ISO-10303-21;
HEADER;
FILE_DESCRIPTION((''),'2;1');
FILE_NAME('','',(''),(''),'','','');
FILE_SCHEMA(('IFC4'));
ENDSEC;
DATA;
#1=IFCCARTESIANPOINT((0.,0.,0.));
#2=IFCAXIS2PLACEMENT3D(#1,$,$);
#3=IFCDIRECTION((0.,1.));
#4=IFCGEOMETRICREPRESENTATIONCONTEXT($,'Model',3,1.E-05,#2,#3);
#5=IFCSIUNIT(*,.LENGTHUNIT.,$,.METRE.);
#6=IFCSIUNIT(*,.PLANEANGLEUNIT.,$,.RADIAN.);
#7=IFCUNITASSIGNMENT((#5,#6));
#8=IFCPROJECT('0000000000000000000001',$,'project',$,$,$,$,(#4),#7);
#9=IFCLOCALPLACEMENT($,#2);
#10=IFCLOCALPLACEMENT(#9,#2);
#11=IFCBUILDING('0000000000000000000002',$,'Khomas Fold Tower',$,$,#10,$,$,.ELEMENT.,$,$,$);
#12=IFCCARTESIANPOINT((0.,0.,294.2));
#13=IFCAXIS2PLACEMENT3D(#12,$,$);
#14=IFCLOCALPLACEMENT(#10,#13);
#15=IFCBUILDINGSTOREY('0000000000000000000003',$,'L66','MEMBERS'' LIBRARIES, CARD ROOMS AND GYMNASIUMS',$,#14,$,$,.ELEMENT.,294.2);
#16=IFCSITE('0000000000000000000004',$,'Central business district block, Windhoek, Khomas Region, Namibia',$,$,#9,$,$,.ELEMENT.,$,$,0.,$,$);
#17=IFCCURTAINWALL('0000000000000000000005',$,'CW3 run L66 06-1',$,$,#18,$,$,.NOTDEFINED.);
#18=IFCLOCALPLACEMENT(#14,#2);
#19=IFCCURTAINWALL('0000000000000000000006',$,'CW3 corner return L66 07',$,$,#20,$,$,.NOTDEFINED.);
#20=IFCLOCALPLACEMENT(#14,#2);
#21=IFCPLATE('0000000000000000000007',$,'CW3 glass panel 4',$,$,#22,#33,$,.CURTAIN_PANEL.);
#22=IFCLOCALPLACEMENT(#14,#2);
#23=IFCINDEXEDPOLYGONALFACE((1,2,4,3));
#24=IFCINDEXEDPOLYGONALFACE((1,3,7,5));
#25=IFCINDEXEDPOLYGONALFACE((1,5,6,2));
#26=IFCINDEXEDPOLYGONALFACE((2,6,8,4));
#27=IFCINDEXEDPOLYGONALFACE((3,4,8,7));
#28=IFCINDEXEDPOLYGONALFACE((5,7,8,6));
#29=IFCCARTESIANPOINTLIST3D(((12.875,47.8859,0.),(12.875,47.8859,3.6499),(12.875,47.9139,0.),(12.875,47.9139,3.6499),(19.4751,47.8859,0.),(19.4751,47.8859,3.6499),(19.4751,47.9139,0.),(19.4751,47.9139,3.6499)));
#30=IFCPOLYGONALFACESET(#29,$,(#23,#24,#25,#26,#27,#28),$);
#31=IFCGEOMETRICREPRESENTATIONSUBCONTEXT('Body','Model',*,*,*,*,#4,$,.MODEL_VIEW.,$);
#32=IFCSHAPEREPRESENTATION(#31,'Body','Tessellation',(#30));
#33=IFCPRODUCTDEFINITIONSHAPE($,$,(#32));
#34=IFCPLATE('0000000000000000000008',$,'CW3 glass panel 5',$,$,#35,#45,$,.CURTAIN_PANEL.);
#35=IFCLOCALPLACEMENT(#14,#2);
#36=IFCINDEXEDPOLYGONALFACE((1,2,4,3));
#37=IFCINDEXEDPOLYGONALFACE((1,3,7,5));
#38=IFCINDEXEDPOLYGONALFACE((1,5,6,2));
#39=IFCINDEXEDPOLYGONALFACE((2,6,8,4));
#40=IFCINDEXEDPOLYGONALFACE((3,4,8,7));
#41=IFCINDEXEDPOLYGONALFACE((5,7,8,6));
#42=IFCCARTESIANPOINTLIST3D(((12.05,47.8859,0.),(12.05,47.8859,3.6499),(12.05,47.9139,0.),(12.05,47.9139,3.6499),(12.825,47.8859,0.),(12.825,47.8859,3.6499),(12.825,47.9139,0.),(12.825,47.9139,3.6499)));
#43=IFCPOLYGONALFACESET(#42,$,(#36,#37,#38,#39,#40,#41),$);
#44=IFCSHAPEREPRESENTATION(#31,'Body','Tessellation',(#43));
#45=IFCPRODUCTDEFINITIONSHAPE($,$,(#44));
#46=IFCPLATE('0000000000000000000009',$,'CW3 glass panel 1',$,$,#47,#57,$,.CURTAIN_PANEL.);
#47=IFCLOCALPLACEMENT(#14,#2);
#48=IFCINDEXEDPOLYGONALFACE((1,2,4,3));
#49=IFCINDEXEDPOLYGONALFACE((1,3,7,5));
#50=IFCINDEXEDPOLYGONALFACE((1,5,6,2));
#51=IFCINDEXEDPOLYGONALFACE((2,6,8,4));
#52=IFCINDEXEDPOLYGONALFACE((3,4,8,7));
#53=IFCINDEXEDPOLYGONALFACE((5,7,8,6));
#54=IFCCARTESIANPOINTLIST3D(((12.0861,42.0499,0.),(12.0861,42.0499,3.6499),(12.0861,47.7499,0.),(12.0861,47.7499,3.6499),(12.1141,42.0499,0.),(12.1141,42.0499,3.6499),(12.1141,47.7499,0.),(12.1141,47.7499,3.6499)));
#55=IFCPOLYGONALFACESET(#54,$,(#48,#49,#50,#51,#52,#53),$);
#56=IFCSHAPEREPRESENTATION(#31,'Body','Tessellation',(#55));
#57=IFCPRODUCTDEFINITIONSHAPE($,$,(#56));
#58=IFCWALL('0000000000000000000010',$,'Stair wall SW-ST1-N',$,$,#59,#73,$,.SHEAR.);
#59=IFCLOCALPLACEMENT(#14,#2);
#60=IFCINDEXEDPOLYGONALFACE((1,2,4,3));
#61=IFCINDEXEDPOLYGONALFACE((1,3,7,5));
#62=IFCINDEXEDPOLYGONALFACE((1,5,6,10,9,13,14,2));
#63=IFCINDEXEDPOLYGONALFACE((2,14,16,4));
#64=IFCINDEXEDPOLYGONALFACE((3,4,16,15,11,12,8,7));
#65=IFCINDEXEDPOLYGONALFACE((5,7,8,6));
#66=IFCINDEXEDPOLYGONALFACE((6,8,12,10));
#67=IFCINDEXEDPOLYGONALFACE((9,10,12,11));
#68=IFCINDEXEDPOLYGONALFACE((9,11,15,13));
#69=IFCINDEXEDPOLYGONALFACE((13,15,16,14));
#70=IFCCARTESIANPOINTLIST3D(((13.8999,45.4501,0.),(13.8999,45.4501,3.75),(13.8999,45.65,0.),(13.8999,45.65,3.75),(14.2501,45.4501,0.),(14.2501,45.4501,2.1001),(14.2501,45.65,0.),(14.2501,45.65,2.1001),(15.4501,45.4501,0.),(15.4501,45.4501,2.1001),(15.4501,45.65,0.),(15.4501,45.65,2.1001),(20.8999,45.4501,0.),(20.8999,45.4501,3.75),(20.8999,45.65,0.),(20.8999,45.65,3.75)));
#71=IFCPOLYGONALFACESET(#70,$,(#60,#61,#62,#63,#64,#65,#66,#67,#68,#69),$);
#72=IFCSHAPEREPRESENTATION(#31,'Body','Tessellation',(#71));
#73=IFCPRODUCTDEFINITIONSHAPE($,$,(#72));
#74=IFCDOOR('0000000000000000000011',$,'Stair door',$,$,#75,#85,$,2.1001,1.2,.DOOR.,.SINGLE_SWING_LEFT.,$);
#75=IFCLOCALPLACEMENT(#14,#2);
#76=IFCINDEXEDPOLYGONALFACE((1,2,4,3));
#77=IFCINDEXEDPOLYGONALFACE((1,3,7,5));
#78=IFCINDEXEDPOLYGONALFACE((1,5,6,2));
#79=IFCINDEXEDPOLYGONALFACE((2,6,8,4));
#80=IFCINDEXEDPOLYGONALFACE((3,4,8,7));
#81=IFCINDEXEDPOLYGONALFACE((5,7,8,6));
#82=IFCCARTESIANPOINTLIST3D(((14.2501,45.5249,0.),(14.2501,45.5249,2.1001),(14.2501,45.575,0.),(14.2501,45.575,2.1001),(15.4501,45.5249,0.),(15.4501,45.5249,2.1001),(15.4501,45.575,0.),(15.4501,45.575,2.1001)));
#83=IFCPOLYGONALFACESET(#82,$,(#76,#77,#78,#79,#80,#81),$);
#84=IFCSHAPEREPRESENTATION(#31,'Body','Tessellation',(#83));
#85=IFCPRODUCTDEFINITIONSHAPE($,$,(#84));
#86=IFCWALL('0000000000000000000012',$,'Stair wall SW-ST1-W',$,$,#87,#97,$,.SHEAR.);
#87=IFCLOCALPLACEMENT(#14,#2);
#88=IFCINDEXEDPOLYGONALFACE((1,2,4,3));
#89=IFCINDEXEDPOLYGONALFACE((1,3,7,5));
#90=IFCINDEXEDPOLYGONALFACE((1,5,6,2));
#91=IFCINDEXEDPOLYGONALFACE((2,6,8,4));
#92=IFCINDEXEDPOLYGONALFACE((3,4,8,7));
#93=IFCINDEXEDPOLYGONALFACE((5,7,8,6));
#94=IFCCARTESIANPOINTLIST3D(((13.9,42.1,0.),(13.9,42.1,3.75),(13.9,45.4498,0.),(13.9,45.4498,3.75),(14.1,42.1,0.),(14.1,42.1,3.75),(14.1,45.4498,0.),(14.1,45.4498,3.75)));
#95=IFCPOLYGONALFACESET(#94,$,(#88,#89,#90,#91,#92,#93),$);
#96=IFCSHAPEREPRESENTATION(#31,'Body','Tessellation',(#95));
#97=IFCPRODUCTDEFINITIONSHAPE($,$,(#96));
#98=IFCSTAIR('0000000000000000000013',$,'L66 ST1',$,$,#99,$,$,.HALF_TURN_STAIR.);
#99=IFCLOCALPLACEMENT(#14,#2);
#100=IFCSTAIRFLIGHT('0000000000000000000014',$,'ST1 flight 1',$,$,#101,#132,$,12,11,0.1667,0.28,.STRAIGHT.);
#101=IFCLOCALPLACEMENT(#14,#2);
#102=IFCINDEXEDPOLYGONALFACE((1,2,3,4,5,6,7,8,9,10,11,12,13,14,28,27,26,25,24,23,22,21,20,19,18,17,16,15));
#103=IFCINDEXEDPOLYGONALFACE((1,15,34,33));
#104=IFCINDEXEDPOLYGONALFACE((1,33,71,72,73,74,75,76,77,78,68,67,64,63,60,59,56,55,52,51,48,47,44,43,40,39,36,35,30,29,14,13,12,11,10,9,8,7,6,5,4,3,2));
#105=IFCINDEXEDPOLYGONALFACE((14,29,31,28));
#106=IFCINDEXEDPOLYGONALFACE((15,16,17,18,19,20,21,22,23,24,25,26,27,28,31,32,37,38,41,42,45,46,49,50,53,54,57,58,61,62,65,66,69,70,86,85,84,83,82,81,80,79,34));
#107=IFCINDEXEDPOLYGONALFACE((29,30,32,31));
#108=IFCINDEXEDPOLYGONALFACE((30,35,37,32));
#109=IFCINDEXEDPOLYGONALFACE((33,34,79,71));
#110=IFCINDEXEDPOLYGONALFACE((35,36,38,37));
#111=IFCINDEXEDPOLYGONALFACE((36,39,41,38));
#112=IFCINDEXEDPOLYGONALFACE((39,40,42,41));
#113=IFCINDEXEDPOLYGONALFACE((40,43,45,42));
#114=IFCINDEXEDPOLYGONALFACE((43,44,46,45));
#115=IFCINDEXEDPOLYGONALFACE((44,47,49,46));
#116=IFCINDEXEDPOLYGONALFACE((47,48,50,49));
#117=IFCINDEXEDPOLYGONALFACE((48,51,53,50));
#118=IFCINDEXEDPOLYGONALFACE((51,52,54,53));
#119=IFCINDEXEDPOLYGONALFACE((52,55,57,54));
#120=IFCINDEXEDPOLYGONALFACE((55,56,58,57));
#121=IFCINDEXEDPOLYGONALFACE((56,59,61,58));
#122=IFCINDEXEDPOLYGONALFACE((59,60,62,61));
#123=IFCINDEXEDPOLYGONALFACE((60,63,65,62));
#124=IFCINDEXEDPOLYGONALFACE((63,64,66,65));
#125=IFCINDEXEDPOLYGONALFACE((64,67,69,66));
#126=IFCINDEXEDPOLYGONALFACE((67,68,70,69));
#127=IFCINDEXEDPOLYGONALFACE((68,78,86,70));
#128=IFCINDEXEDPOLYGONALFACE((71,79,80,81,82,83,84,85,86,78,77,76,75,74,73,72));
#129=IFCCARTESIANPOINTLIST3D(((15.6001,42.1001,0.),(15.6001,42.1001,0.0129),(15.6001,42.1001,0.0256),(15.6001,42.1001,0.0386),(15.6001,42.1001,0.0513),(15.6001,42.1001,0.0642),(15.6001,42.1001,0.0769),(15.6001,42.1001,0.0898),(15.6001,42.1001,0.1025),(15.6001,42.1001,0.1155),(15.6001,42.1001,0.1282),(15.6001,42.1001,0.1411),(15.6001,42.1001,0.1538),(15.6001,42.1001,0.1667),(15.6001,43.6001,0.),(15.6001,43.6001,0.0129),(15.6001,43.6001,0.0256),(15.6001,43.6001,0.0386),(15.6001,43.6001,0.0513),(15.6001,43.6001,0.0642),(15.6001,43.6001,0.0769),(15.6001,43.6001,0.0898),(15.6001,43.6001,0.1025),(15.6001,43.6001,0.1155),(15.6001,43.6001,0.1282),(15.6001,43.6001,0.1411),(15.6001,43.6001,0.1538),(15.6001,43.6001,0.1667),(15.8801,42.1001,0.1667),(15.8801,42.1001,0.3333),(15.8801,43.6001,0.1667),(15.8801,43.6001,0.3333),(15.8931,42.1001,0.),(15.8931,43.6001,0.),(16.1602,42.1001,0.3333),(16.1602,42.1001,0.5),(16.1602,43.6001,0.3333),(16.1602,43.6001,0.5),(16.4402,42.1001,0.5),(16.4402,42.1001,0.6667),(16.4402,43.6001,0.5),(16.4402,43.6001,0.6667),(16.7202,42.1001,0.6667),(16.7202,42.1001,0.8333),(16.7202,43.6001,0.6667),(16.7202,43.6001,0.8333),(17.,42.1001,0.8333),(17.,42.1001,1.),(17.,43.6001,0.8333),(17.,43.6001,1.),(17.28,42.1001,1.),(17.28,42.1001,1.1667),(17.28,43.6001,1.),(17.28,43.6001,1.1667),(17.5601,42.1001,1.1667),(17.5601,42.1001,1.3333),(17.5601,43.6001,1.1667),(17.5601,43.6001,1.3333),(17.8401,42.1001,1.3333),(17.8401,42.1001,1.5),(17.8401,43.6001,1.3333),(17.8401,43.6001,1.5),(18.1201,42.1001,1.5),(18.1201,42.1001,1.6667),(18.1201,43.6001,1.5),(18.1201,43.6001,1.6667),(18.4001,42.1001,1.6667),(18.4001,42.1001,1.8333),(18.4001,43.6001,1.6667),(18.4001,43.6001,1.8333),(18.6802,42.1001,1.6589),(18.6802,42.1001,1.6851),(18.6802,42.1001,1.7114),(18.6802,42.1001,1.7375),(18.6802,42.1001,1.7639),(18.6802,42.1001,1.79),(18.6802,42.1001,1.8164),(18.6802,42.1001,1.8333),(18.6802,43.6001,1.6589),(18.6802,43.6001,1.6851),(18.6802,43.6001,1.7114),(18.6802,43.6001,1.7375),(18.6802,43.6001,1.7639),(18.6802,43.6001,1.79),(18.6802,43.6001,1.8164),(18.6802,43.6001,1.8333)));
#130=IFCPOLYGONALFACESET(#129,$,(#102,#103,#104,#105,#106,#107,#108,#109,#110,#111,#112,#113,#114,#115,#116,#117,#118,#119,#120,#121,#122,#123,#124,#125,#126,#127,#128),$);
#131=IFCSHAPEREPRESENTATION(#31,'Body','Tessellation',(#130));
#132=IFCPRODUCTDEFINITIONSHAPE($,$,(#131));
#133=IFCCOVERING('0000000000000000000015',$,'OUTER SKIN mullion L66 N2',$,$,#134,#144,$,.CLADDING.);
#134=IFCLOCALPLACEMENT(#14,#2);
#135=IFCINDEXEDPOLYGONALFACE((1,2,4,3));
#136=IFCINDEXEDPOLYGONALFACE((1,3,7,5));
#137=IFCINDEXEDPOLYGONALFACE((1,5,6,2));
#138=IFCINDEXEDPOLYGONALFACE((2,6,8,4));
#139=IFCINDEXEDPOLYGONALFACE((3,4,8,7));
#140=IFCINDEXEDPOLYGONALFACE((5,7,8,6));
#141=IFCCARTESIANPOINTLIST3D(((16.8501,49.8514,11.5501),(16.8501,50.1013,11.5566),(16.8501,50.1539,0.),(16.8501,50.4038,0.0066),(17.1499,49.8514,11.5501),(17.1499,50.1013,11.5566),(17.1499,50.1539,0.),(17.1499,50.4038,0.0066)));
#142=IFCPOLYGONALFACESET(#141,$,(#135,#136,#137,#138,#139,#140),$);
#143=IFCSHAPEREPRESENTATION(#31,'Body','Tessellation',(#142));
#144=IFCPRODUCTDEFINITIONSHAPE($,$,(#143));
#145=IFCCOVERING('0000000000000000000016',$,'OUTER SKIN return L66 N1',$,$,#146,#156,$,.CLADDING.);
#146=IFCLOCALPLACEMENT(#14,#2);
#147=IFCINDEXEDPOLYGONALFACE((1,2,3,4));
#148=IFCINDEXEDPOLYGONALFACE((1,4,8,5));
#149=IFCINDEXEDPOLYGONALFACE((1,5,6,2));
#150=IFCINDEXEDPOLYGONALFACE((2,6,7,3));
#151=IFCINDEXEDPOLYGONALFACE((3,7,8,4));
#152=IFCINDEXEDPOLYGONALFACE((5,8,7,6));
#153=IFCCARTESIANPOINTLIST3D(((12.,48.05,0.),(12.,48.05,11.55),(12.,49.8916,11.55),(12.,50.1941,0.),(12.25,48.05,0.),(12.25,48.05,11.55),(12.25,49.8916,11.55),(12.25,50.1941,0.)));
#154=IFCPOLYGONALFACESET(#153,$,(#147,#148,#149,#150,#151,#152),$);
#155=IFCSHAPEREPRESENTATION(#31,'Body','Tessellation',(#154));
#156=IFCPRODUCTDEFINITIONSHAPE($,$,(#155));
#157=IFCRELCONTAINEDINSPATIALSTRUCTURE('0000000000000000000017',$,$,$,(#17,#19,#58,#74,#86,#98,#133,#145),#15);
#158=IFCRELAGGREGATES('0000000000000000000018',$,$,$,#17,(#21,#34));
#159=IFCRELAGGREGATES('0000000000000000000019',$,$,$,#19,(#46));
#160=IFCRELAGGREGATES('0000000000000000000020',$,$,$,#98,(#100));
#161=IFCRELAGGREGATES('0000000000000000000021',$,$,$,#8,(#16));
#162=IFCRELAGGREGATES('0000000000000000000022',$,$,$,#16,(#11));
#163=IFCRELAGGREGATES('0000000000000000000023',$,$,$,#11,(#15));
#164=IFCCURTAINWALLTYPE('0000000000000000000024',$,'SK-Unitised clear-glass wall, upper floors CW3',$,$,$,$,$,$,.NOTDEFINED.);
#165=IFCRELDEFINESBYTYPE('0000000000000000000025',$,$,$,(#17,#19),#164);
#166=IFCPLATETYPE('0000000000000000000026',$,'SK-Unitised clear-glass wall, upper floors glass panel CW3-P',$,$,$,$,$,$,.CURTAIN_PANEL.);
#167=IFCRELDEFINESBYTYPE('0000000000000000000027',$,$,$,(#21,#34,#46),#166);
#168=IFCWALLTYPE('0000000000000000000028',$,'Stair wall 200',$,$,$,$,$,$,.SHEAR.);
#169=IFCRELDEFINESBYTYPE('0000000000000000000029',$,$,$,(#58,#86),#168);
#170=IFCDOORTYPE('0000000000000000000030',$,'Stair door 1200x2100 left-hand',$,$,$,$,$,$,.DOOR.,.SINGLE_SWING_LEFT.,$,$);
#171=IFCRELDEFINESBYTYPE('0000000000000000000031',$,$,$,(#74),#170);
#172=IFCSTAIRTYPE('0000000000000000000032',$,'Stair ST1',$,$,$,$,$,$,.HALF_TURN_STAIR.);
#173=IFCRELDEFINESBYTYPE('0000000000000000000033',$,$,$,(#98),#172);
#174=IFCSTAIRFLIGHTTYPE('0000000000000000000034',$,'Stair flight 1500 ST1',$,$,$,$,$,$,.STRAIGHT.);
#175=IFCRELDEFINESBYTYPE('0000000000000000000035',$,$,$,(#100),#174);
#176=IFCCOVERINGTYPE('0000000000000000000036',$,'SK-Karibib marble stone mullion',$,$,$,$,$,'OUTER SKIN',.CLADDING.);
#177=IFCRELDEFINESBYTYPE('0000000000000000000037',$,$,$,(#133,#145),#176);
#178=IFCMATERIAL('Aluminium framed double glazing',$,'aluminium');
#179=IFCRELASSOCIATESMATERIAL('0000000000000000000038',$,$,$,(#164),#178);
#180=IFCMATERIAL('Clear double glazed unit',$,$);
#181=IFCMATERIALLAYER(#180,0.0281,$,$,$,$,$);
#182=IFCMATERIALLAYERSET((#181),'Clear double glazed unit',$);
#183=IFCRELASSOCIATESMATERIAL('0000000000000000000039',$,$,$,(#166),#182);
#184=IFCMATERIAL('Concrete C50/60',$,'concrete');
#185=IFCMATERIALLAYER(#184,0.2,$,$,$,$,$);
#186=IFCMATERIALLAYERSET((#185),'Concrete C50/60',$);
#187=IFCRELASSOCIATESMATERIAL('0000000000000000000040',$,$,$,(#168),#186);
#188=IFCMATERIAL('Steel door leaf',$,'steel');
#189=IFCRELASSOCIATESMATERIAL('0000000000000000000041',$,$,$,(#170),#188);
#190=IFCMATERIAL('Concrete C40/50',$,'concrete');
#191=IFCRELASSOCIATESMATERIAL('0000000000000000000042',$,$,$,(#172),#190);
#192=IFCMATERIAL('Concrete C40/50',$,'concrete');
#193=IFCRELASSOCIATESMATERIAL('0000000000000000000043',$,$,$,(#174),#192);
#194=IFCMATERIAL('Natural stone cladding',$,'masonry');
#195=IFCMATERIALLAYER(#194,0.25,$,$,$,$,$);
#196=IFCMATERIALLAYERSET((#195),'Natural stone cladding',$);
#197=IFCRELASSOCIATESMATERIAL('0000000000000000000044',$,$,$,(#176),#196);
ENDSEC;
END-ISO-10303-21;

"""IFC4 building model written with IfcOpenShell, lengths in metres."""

from ifc_helpers import new_model, si_unit, direction, frame, frame_2d, origin, origin_2d, place, context, subcontext, project, spatial, polyline, rectangle, outline, extrude, source, transform, mapped, material, layer, layer_set, type_object, element, fill, aggregate, save


model = new_model("IFC4")

# Units and contexts
model_context = context("Model", 3, precision=1e-05, world=origin(), true_north=direction((0.0, 1.0)))
body_context = subcontext(model_context, "Body", "Model", "MODEL_VIEW")
ifc_project = project(units=[si_unit("LENGTHUNIT", "METRE"), si_unit("PLANEANGLEUNIT", "RADIAN")], contexts=[model_context])

# Site, building, storey
site_placement = place(None, origin())
site = spatial("IfcSite", under=ifc_project, at=site_placement, Name="Central business district block, Windhoek, Khomas Region, Namibia", CompositionType="ELEMENT", RefElevation=0.0)
building_placement = place(site_placement, origin())
building = spatial("IfcBuilding", under=site, at=building_placement, Name="Khomas Fold Tower", CompositionType="ELEMENT")
storey_placement = place(building_placement, frame((0.0, 0.0, 294.2)))
storey = spatial("IfcBuildingStorey", under=building, at=storey_placement, Name="L66", Description="MEMBERS' LIBRARIES, CARD ROOMS AND GYMNASIUMS", CompositionType="ELEMENT", Elevation=294.2)

# Curtain walls
ifc_material_1 = material(Name="Aluminium framed double glazing", Category="aluminium")
curtain_wall_type = type_object("IfcCurtainWallType", Name="SK-Unitised clear-glass wall, upper floors CW3", PredefinedType="NOTDEFINED", material=ifc_material_1)
curtain_wall_1_placement = place(storey_placement, origin())
curtain_wall_1 = element("IfcCurtainWall", 1, at=curtain_wall_1_placement, inside=storey, type_object=curtain_wall_type, Name="CW3 run L66 06-1", PredefinedType="NOTDEFINED")
curtain_wall_2_placement = place(storey_placement, origin())
curtain_wall_2 = element("IfcCurtainWall", 2, at=curtain_wall_2_placement, inside=storey, type_object=curtain_wall_type, Name="CW3 corner return L66 07", PredefinedType="NOTDEFINED")

# Plates
ifc_material_2 = material(Name="Clear double glazed unit")
ifc_layer_1 = layer(ifc_material_2, 0.0281)
ifc_layer_set_1 = layer_set([ifc_layer_1], Name="Clear double glazed unit")
plate_type_1 = type_object("IfcPlateType", Name="SK-Unitised clear-glass wall, upper floors glass panel CW3-P", PredefinedType="CURTAIN_PANEL", material=ifc_layer_set_1)
shared_shape_1 = source(origin(), body_context, "Body", "SweptSolid", [
    extrude(rectangle(XDim=6.6001, YDim=0.0281, at=origin_2d()), origin(), (0.0, 0.0, 1.0), 3.6499),
])
plate_1_placement = place(storey_placement, frame((16.175, 47.8999, 0.0), z_axis=(0.0, 0.0, 1.0), x_axis=(-1.0, 0.0, 0.0)))
plate_1 = element("IfcPlate", 3, at=plate_1_placement, type_object=plate_type_1, Name="CW3 glass panel 4", PredefinedType="CURTAIN_PANEL", context=body_context, shape_type="MappedRepresentation", body=[
    mapped(shared_shape_1, transform((0.0, 0.0, 0.0))),
])
shared_shape_2 = source(origin(), body_context, "Body", "SweptSolid", [
    extrude(rectangle(XDim=0.7749, YDim=0.0281, at=origin_2d()), origin(), (0.0, 0.0, 1.0), 3.6499),
])
plate_2_placement = place(storey_placement, frame((12.4375, 47.8999, 0.0), z_axis=(0.0, 0.0, 1.0), x_axis=(-1.0, 0.0, 0.0)))
plate_2 = element("IfcPlate", 4, at=plate_2_placement, type_object=plate_type_1, Name="CW3 glass panel 5", PredefinedType="CURTAIN_PANEL", context=body_context, shape_type="MappedRepresentation", body=[
    mapped(shared_shape_2, transform((0.0, 0.0, 0.0))),
])
aggregate(curtain_wall_1, [plate_1, plate_2])
shared_shape_3 = source(origin(), body_context, "Body", "SweptSolid", [
    extrude(rectangle(XDim=5.7, YDim=0.0281, at=origin_2d()), origin(), (0.0, 0.0, 1.0), 3.6499),
])
plate_3_placement = place(storey_placement, frame((12.1001, 44.8999, 0.0), z_axis=(0.0, 0.0, 1.0), x_axis=(0.0, -1.0, 0.0)))
plate_3 = element("IfcPlate", 5, at=plate_3_placement, type_object=plate_type_1, Name="CW3 glass panel 1", PredefinedType="CURTAIN_PANEL", context=body_context, shape_type="MappedRepresentation", body=[
    mapped(shared_shape_3, transform((0.0, 0.0, 0.0))),
])
aggregate(curtain_wall_2, [plate_3])

# Wall, opening, door
ifc_material_3 = material(Name="Concrete C50/60", Category="concrete")
ifc_layer_2 = layer(ifc_material_3, 0.2)
ifc_layer_set_2 = layer_set([ifc_layer_2], Name="Concrete C50/60")
wall_type = type_object("IfcWallType", Name="Stair wall 200", PredefinedType="SHEAR", material=ifc_layer_set_2)
shared_shape_4 = source(origin(), body_context, "Body", "SweptSolid", [
    extrude(rectangle(XDim=7.0, YDim=0.2, at=frame_2d((3.5, 0.0))), origin(), (0.0, 0.0, 1.0), 3.75),
])
wall_1_placement = place(storey_placement, frame((13.8999, 45.55, 0.0), z_axis=(0.0, 0.0, 1.0), x_axis=(1.0, 0.0, 0.0)))
wall_1 = element("IfcWall", 6, at=wall_1_placement, inside=storey, type_object=wall_type, Name="Stair wall SW-ST1-N", PredefinedType="SHEAR", context=body_context, shape_type="MappedRepresentation", body=[
    mapped(shared_shape_4, transform((0.0, 0.0, 0.0))),
])
shared_shape_5 = source(origin(), body_context, "Body", "SweptSolid", [
    extrude(rectangle(XDim=1.2, YDim=2.1001, at=frame_2d((0.6001, 1.05))), frame((0.0, 0.1099, 0.0), z_axis=(0.0, -1.0, 0.0), x_axis=(1.0, 0.0, 0.0)), (0.0, 0.0, 1.0), 0.22),
])
opening_placement = place(wall_1_placement, frame((0.3501, 0.0, 0.0)))
opening = element("IfcOpeningElement", 7, at=opening_placement, cuts=wall_1, PredefinedType="OPENING", context=body_context, shape_type="MappedRepresentation", body=[
    mapped(shared_shape_5, transform((0.0, 0.0, 0.0))),
])
ifc_material_4 = material(Name="Steel door leaf", Category="steel")
door_type = type_object("IfcDoorType", Name="Stair door 1200x2100 left-hand", OperationType="SINGLE_SWING_LEFT", PredefinedType="DOOR", material=ifc_material_4)
shared_shape_6 = source(origin(), body_context, "Body", "SweptSolid", [
    extrude(rectangle(XDim=1.2, YDim=2.1001, at=frame_2d((0.6001, 1.05))), frame((0.0, 0.0249, 0.0), z_axis=(0.0, -1.0, 0.0), x_axis=(1.0, 0.0, 0.0)), (0.0, 0.0, 1.0), 0.05),
])
door_placement = place(opening_placement, origin())
door = element("IfcDoor", 8, at=door_placement, inside=storey, type_object=door_type, Name="Stair door", OperationType="SINGLE_SWING_LEFT", OverallHeight=2.1001, OverallWidth=1.2, PredefinedType="DOOR", context=body_context, shape_type="MappedRepresentation", body=[
    mapped(shared_shape_6, transform((0.0, 0.0, 0.0))),
])
fill(opening, door)

# Wall
shared_shape_7 = source(origin(), body_context, "Body", "SweptSolid", [
    extrude(rectangle(XDim=3.3499, YDim=0.2, at=frame_2d((1.6748, 0.0))), origin(), (0.0, 0.0, 1.0), 3.75),
])
wall_2_placement = place(storey_placement, frame((14.0, 42.1001, 0.0), z_axis=(0.0, 0.0, 1.0), x_axis=(0.0, 1.0, 0.0)))
element("IfcWall", 9, at=wall_2_placement, inside=storey, type_object=wall_type, Name="Stair wall SW-ST1-W", PredefinedType="SHEAR", context=body_context, shape_type="MappedRepresentation", body=[
    mapped(shared_shape_7, transform((0.0, 0.0, 0.0))),
])

# Stair, stair flight
ifc_material_5 = material(Name="Concrete C40/50", Category="concrete")
stair_type = type_object("IfcStairType", Name="Stair ST1", PredefinedType="HALF_TURN_STAIR", material=ifc_material_5)
stair_placement = place(storey_placement, origin())
stair = element("IfcStair", 10, at=stair_placement, inside=storey, type_object=stair_type, Name="L66 ST1", PredefinedType="HALF_TURN_STAIR")
ifc_material_6 = material(Name="Concrete C40/50", Category="concrete")
stair_flight_type = type_object("IfcStairFlightType", Name="Stair flight 1500 ST1", PredefinedType="STRAIGHT", material=ifc_material_6)
shared_shape_8 = source(origin(), body_context, "Body", "SweptSolid", [
    extrude(outline(polyline([(0.0, 0.0), (0.0, 0.0129), (0.0, 0.0256), (0.0, 0.0386), (0.0, 0.0513), (0.0, 0.0642), (0.0, 0.0769), (0.0, 0.0898), (0.0, 0.1025), (0.0, 0.1155), (0.0, 0.1282), (0.0, 0.1411), (0.0, 0.1538), (0.0, 0.1667), (0.28, 0.1667), (0.28, 0.3333), (0.5601, 0.3333), (0.5601, 0.5), (0.8401, 0.5), (0.8401, 0.6667), (1.1201, 0.6667), (1.1201, 0.8333), (1.3999, 0.8333), (1.3999, 1.0), (1.6799, 1.0), (1.6799, 1.1667), (1.96, 1.1667), (1.96, 1.3333), (2.24, 1.3333), (2.24, 1.5), (2.52, 1.5), (2.52, 1.6667), (2.8, 1.6667), (2.8, 1.8333), (3.0801, 1.8333), (3.0801, 2.0), (3.0801, 1.9739), (3.0801, 1.9475), (3.0801, 1.9214), (3.0801, 1.895), (3.0801, 1.8689), (3.0801, 1.8425), (3.0801, 1.8164), (3.0801, 1.79), (3.0801, 1.7639), (3.0801, 1.7375), (3.0801, 1.7114), (3.0801, 1.6851), (3.0801, 1.6589), (0.293, 0.0), (0.0, 0.0)])), frame((0.0, 0.75, 0.0), z_axis=(0.0, -1.0, 0.0), x_axis=(1.0, 0.0, 0.0)), (0.0, 0.0, 1.0), 1.5),
])
stair_flight_placement = place(storey_placement, frame((15.6001, 42.8501, 0.0), z_axis=(0.0, 0.0, 1.0), x_axis=(1.0, 0.0, 0.0)))
stair_flight = element("IfcStairFlight", 11, at=stair_flight_placement, type_object=stair_flight_type, Name="ST1 flight 1", NumberOfRisers=12, NumberOfTreads=11, PredefinedType="STRAIGHT", RiserHeight=0.1667, TreadLength=0.28, context=body_context, shape_type="MappedRepresentation", body=[
    mapped(shared_shape_8, transform((0.0, 0.0, 0.0))),
])
aggregate(stair, [stair_flight])

# Coverings
ifc_material_7 = material(Name="Natural stone cladding", Category="masonry")
ifc_layer_3 = layer(ifc_material_7, 0.25)
ifc_layer_set_3 = layer_set([ifc_layer_3], Name="Natural stone cladding")
covering_type = type_object("IfcCoveringType", Name="SK-Karibib marble stone mullion", ElementType="OUTER SKIN", PredefinedType="CLADDING", material=ifc_layer_set_3)
covering_1_placement = place(storey_placement, frame((16.8501, 50.4038, 0.0066), z_axis=(0.0, 0.999657, 0.026181), x_axis=(1.0, 0.0, 0.0)))
element("IfcCovering", 12, at=covering_1_placement, inside=storey, type_object=covering_type, Name="OUTER SKIN mullion L66 N2", PredefinedType="CLADDING", context=body_context, shape_type="SweptSolid", body=[
    extrude(outline(polyline([(0.0, 0.0), (0.2998, 0.0), (0.2998, -11.554), (0.0, -11.554), (0.0, 0.0)])), origin(), (0.0, 0.0, -1.0), 0.25),
])
covering_2_placement = place(storey_placement, frame((12.0, 48.05, 11.55), z_axis=(-1.0, 0.0, 0.0), x_axis=(0.0, 1.0, 0.0)))
element("IfcCovering", 13, at=covering_2_placement, inside=storey, type_object=covering_type, Name="OUTER SKIN return L66 N1", PredefinedType="CLADDING", context=body_context, shape_type="SweptSolid", body=[
    extrude(outline(polyline([(0.0, 0.0), (1.8416, 0.0), (2.144, 11.55), (0.0, 11.55), (0.0, 0.0)])), origin(), (0.0, 0.0, -1.0), 0.25),
])

save(model, "model.ifc")
